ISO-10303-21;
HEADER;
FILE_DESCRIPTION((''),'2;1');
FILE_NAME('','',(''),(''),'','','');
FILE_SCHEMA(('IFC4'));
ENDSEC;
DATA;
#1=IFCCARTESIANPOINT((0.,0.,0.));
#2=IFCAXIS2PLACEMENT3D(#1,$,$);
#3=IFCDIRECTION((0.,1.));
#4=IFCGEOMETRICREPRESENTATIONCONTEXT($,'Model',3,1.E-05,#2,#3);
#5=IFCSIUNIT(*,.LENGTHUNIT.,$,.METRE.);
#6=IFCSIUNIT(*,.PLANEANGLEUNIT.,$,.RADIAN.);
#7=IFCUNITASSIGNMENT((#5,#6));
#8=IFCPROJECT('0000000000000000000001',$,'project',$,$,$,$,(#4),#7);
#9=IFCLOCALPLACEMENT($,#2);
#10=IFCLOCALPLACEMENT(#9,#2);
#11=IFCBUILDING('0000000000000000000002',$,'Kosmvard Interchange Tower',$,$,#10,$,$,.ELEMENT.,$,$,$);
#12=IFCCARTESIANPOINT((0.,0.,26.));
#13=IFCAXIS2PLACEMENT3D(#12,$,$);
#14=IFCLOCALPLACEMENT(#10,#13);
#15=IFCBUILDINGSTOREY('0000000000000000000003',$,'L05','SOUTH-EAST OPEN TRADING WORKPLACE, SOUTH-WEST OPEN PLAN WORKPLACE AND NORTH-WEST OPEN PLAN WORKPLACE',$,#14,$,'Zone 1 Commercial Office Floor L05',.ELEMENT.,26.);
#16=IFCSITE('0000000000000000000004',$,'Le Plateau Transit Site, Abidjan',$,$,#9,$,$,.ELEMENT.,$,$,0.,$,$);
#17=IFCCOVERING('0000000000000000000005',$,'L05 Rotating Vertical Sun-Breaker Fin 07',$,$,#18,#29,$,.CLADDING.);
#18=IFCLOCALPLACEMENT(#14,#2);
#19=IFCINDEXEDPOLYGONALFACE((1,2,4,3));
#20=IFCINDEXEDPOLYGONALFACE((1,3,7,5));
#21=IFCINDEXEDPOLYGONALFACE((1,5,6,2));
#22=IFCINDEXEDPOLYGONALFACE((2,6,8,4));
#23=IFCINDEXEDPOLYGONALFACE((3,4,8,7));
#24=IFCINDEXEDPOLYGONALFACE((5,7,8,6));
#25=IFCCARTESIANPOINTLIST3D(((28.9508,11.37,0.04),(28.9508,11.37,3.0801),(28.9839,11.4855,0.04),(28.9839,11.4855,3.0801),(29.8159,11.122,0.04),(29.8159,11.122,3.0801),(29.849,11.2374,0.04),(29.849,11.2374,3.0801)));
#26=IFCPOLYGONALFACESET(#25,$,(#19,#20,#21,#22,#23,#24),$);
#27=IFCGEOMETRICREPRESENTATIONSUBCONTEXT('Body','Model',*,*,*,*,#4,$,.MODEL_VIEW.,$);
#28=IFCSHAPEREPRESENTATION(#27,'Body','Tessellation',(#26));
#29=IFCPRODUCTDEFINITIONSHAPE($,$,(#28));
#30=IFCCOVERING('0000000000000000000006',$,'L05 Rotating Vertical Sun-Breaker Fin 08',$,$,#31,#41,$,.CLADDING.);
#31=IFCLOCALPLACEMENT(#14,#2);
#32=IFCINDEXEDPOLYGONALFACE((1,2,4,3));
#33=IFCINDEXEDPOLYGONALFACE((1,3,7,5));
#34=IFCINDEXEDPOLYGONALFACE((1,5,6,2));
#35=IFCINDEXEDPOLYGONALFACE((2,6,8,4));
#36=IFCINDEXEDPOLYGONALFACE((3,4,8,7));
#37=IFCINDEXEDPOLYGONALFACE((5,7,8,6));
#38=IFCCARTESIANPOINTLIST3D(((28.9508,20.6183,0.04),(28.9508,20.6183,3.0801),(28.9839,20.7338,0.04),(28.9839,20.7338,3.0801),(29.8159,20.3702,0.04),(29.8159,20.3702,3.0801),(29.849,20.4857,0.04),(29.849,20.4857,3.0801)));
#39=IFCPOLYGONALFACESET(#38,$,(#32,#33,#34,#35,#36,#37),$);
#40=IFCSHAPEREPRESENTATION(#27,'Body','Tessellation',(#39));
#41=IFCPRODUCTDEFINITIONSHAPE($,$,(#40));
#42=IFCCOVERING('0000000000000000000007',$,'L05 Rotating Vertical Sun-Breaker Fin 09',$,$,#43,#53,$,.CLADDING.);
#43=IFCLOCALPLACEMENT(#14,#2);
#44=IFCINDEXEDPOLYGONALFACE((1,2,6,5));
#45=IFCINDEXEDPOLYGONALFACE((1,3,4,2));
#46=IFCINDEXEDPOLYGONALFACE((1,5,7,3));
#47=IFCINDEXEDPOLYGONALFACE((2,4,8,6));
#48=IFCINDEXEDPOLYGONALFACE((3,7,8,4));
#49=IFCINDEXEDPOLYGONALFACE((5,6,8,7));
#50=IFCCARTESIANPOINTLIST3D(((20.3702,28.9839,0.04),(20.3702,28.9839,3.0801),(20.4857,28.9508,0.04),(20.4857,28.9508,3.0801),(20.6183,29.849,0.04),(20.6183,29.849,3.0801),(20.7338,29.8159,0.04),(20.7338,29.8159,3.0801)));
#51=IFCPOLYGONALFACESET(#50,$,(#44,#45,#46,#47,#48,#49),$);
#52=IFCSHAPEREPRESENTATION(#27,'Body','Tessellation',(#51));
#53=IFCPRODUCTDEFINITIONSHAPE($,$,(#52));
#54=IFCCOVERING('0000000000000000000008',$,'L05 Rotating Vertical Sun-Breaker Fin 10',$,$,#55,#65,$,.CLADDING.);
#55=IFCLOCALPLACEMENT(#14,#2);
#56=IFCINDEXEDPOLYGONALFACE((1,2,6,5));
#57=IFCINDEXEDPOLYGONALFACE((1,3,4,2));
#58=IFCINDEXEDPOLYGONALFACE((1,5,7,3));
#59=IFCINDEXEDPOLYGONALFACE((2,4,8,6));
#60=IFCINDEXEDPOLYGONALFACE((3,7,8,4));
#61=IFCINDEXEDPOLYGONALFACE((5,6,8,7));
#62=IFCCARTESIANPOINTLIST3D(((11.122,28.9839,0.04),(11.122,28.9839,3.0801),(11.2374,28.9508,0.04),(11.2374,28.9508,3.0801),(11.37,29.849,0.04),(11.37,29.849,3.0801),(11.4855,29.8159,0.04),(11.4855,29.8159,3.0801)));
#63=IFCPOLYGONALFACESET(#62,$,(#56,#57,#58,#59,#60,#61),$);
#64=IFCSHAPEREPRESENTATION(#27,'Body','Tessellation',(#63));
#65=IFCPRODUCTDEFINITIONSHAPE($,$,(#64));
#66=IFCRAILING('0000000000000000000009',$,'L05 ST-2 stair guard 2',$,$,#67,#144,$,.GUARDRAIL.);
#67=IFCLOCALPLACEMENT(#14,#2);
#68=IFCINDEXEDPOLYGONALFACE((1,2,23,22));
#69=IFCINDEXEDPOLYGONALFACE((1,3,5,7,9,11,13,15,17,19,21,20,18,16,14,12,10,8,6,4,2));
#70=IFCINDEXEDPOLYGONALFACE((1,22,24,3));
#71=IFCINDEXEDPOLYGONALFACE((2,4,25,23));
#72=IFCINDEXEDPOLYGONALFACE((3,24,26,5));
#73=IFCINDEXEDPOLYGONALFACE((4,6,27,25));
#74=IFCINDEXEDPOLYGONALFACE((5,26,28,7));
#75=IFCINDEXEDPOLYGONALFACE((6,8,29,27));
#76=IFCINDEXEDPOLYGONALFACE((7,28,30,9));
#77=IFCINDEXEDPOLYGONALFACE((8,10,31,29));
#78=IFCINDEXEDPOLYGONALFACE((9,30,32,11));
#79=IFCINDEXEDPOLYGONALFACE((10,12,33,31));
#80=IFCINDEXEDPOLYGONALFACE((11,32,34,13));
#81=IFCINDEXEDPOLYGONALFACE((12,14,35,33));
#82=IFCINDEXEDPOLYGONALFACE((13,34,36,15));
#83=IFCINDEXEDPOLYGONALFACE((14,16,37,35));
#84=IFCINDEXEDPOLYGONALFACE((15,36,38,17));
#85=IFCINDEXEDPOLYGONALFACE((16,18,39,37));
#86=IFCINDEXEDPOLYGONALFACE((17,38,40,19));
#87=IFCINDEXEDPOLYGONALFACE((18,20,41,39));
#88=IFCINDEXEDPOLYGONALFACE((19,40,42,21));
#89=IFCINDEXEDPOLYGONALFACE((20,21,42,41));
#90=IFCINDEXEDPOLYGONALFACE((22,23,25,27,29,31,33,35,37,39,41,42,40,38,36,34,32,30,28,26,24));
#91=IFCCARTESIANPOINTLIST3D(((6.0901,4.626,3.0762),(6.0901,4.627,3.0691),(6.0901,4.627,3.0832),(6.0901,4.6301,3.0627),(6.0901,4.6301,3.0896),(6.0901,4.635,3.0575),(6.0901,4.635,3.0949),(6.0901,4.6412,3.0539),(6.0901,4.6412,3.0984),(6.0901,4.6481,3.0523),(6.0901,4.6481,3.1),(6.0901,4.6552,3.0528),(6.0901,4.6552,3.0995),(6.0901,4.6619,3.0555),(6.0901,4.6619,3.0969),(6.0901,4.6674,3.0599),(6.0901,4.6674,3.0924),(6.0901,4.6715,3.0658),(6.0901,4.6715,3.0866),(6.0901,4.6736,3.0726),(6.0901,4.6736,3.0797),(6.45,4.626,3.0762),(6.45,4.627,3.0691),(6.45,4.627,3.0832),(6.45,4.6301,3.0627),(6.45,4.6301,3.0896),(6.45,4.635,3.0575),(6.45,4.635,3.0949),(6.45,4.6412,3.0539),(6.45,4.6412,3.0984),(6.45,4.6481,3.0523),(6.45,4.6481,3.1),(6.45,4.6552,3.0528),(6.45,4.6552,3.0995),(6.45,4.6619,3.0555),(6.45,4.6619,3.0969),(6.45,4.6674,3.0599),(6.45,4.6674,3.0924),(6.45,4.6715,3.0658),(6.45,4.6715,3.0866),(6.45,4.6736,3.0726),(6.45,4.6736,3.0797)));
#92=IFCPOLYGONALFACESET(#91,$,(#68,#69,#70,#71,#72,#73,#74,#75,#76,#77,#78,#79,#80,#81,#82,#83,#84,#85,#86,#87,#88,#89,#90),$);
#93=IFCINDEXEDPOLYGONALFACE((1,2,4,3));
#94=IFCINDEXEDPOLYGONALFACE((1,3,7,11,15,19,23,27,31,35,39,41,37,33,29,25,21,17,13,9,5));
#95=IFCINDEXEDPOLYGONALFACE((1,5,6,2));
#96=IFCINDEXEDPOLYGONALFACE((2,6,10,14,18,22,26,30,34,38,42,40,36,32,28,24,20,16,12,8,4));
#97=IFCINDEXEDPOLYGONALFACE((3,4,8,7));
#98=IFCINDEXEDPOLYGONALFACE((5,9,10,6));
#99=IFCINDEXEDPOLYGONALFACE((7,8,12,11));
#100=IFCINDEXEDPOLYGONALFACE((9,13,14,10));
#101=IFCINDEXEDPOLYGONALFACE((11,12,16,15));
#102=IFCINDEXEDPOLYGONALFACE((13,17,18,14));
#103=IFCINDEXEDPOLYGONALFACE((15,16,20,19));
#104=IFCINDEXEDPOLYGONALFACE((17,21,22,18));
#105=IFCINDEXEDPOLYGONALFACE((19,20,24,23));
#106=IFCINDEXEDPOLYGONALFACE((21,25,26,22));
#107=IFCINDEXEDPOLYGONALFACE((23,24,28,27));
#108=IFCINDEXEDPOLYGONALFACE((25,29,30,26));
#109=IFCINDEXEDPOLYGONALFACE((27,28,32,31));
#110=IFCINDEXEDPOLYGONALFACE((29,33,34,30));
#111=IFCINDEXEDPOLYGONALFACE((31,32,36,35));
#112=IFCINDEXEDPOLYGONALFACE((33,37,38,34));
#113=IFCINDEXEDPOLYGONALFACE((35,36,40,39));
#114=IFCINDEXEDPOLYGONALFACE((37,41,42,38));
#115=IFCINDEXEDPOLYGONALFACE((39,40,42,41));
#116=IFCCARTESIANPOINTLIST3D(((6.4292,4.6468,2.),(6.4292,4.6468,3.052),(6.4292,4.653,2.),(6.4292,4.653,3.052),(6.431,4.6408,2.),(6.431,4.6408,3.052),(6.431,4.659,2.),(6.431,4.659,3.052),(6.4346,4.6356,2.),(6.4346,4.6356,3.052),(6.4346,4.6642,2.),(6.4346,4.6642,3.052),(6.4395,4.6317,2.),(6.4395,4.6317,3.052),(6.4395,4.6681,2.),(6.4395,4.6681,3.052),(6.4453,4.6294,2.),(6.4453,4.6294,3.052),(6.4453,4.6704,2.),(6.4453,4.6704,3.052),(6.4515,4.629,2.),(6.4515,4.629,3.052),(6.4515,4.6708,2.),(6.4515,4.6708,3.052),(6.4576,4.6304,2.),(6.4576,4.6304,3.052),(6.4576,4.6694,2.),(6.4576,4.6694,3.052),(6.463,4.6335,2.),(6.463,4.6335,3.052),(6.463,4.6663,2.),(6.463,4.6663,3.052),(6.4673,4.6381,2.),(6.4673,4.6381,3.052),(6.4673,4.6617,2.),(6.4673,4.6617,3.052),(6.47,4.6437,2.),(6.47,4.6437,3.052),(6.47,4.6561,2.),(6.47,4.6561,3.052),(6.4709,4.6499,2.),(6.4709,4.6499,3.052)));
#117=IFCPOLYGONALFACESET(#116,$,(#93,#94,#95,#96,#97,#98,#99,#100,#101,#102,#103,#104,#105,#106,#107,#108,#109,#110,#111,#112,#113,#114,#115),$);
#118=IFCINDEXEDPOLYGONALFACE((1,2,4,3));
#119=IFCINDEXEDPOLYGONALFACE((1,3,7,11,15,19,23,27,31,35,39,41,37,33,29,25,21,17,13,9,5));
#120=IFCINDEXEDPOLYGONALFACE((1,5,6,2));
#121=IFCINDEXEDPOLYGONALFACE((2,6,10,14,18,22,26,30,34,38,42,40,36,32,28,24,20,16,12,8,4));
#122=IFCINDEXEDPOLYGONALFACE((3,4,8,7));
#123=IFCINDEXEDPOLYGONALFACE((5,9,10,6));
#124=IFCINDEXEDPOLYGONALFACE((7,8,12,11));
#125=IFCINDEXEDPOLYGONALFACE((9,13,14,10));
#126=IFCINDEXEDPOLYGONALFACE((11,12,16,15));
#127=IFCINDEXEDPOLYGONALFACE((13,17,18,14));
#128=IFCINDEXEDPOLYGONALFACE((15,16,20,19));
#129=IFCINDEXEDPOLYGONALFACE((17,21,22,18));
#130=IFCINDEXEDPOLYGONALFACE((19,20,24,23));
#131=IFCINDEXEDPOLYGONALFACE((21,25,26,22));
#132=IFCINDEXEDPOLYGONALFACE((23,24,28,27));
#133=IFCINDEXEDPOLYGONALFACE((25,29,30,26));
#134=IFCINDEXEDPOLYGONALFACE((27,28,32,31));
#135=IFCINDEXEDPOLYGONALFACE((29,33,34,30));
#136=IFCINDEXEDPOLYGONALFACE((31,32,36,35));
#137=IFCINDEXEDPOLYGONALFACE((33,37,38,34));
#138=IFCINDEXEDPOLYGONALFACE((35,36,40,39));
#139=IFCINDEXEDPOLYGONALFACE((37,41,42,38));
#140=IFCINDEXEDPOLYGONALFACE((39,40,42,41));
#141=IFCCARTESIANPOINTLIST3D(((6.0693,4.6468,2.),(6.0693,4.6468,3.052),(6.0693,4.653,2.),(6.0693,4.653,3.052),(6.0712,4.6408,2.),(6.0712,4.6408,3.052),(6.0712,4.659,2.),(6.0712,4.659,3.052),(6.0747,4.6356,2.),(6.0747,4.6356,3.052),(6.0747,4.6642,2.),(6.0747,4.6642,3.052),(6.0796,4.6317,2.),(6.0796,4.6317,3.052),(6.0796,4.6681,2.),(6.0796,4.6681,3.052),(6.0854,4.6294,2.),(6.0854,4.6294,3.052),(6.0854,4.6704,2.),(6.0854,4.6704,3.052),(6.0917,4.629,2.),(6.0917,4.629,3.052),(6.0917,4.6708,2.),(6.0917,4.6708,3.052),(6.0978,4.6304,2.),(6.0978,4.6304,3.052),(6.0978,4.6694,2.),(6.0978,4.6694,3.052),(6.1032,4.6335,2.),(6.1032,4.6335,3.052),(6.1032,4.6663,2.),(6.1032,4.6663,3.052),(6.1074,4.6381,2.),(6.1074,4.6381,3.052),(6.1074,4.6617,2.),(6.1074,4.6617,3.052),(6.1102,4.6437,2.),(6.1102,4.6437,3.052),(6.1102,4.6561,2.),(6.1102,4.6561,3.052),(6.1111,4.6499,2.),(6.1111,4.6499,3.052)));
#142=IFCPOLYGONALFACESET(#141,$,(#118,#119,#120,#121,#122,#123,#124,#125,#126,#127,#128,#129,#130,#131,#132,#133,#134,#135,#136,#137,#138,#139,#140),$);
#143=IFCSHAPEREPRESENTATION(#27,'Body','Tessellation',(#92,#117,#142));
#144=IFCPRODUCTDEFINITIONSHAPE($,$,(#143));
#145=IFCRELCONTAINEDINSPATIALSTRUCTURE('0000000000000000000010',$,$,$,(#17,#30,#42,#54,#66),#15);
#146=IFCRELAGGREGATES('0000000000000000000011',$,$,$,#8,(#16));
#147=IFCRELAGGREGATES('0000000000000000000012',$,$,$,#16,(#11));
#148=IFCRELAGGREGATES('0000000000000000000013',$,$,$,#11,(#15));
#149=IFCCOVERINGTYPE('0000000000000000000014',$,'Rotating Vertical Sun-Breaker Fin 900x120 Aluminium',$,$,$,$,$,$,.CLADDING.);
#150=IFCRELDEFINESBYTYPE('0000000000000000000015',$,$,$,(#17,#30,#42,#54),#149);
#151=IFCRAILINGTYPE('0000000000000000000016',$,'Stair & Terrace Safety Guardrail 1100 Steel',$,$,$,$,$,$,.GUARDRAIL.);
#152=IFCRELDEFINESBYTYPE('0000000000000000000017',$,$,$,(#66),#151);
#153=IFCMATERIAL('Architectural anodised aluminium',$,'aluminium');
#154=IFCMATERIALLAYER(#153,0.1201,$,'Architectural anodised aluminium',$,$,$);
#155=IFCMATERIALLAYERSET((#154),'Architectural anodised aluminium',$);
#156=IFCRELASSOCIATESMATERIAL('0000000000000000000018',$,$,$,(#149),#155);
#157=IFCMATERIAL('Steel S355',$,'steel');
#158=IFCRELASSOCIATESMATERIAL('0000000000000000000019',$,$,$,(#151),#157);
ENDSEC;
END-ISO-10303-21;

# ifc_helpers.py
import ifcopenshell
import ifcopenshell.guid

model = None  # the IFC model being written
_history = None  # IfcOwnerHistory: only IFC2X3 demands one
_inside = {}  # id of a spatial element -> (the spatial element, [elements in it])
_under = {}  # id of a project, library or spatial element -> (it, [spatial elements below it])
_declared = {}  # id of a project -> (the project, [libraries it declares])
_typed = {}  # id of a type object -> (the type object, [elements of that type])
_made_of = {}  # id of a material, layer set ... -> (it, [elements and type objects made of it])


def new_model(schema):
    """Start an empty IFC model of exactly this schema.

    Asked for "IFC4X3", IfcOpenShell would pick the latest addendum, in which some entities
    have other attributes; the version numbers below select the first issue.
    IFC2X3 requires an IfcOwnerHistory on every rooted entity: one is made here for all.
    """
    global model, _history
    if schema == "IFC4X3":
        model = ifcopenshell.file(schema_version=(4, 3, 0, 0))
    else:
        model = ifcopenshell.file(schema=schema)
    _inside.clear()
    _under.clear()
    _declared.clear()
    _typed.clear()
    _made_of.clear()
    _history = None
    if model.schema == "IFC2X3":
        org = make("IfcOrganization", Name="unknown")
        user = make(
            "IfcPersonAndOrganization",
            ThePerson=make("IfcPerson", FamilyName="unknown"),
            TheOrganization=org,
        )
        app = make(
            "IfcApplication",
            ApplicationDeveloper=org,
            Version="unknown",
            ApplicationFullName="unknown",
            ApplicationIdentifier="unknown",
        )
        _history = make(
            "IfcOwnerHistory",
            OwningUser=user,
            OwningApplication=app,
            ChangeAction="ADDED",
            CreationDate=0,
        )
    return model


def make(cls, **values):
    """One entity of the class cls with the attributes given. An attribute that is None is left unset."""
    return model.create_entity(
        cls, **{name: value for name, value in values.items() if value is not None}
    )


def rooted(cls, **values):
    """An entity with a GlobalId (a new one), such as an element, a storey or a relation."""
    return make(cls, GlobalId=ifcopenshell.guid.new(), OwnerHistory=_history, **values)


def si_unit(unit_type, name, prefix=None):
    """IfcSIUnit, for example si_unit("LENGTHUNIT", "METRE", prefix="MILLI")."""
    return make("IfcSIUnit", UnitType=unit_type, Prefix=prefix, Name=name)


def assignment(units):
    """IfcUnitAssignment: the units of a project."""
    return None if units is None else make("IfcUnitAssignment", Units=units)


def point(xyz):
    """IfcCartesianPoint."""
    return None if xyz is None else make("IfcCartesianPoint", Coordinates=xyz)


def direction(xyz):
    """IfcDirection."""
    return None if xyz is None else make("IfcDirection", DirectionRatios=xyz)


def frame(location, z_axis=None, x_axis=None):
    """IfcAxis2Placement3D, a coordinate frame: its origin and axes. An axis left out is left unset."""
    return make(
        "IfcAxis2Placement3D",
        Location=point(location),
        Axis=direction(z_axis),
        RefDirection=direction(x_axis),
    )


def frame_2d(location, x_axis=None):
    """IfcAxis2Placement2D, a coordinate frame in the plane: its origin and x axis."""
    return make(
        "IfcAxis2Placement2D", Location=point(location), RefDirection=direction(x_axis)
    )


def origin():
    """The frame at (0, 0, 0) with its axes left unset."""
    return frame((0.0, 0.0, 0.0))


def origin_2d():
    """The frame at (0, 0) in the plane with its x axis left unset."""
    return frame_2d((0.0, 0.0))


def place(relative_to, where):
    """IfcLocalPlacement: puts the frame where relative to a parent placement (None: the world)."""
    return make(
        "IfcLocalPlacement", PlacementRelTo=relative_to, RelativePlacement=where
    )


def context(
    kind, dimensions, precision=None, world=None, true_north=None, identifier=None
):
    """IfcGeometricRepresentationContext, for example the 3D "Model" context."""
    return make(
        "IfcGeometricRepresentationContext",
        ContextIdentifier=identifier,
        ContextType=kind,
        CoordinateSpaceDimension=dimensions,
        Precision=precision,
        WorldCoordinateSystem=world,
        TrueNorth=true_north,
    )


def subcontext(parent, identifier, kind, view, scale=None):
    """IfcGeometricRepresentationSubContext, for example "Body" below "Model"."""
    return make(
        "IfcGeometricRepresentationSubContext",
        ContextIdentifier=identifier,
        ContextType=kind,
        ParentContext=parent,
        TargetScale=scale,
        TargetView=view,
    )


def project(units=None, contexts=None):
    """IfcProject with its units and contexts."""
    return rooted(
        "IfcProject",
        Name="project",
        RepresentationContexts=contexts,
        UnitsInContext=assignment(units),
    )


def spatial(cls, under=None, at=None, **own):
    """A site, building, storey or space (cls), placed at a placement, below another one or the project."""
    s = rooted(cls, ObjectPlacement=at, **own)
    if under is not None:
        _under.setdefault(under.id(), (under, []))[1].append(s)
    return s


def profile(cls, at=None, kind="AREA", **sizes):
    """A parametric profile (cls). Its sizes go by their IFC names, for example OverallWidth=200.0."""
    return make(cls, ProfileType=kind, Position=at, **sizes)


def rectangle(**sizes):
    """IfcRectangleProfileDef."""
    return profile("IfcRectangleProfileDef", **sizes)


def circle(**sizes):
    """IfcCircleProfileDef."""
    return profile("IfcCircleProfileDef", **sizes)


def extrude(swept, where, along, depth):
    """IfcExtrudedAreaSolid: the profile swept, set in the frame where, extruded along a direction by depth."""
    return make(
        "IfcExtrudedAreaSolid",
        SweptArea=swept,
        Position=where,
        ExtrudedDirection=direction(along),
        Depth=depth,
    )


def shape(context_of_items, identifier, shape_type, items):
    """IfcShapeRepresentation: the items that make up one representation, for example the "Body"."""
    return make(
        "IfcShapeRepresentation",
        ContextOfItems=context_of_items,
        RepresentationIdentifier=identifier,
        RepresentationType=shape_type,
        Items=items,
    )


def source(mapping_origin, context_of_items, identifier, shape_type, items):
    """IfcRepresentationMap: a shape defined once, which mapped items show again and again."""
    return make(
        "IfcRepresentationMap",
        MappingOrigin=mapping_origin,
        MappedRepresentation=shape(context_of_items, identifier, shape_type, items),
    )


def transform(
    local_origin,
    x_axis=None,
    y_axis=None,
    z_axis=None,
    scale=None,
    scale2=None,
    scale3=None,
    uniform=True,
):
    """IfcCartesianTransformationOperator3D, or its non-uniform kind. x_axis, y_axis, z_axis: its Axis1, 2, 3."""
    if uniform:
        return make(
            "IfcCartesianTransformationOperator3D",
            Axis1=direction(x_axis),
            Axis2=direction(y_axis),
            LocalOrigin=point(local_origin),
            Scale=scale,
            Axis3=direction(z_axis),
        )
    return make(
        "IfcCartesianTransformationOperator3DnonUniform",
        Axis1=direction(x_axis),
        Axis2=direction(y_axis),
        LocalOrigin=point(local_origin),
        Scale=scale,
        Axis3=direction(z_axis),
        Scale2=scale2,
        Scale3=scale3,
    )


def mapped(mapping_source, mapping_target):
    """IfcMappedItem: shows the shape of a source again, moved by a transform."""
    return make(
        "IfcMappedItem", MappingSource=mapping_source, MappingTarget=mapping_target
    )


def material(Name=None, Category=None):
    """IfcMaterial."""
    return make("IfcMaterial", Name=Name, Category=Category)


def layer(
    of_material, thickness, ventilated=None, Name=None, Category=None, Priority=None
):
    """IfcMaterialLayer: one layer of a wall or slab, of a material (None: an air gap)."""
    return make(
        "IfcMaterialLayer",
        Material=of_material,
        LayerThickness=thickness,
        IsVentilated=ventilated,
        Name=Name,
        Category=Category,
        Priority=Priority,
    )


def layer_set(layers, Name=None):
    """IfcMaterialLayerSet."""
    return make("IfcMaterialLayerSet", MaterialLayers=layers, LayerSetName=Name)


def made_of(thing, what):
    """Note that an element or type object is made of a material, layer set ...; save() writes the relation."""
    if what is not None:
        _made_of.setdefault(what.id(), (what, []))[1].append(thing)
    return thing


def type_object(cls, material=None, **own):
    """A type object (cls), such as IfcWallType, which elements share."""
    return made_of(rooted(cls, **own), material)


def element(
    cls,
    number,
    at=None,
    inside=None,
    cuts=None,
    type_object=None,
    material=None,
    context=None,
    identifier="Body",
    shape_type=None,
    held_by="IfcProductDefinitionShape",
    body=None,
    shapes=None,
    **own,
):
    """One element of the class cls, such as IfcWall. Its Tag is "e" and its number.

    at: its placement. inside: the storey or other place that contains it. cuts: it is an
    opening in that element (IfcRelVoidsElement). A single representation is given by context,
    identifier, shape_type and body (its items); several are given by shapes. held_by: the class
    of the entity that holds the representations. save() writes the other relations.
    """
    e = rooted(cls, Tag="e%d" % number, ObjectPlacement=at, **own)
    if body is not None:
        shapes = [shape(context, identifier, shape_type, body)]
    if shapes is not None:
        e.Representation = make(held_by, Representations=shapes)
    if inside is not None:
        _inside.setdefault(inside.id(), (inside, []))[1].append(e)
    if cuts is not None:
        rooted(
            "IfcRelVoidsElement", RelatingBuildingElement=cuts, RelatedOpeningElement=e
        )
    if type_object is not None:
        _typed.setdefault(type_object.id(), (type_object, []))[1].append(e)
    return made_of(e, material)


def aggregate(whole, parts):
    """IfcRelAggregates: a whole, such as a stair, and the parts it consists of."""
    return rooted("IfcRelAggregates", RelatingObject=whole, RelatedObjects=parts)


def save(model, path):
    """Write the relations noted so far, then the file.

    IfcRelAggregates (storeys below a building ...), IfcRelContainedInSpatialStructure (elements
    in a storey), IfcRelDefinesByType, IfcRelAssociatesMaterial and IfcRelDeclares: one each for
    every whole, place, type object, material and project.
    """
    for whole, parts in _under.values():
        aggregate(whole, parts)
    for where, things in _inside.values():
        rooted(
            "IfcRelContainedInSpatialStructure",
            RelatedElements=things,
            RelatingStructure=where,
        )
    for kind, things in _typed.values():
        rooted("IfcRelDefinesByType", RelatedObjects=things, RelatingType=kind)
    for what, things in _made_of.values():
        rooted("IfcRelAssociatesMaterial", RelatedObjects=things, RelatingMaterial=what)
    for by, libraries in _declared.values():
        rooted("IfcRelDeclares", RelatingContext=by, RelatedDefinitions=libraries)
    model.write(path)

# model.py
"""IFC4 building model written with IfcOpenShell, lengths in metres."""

from ifc_helpers import new_model, si_unit, direction, frame, origin, origin_2d, place, context, subcontext, project, spatial, rectangle, circle, extrude, source, transform, mapped, material, layer, layer_set, type_object, element, save


model = new_model("IFC4")

# Units and contexts
model_context = context("Model", 3, precision=1e-05, world=origin(), true_north=direction((0.0, 1.0)))
body_context = subcontext(model_context, "Body", "Model", "MODEL_VIEW")
ifc_project = project(units=[si_unit("LENGTHUNIT", "METRE"), si_unit("PLANEANGLEUNIT", "RADIAN")], contexts=[model_context])

# Site, building, storey
site_placement = place(None, origin())
site = spatial("IfcSite", under=ifc_project, at=site_placement, Name="Le Plateau Transit Site, Abidjan", CompositionType="ELEMENT", RefElevation=0.0)
building_placement = place(site_placement, origin())
building = spatial("IfcBuilding", under=site, at=building_placement, Name="Kosmvard Interchange Tower", CompositionType="ELEMENT")
storey_placement = place(building_placement, frame((0.0, 0.0, 26.0)))
storey = spatial("IfcBuildingStorey", under=building, at=storey_placement, Name="L05", Description="SOUTH-EAST OPEN TRADING WORKPLACE, SOUTH-WEST OPEN PLAN WORKPLACE AND NORTH-WEST OPEN PLAN WORKPLACE", LongName="Zone 1 Commercial Office Floor L05", CompositionType="ELEMENT", Elevation=26.0)

# Coverings
ifc_material_1 = material(Name="Architectural anodised aluminium", Category="aluminium")
ifc_layer_1 = layer(ifc_material_1, 0.1201, Name="Architectural anodised aluminium")
ifc_layer_set_1 = layer_set([ifc_layer_1], Name="Architectural anodised aluminium")
covering_type = type_object("IfcCoveringType", Name="Rotating Vertical Sun-Breaker Fin 900x120 Aluminium", PredefinedType="CLADDING", material=ifc_layer_set_1)
shared_shape_1 = source(origin(), body_context, "Body", "SweptSolid", [
    extrude(rectangle(XDim=0.8999, YDim=0.1201, at=origin_2d()), origin(), (0.0, 0.0, 1.0), 3.04),
])
for number, where, z_axis, x_axis, name in (
    (1, (29.3999, 11.3037, 0.04), (0.0, 0.0, 1.0), (0.961262, -0.275637, 0.0), "L05 Rotating Vertical Sun-Breaker Fin 07"),
    (2, (29.3999, 20.552, 0.04), (0.0, 0.0, 1.0), (0.961262, -0.275637, 0.0), "L05 Rotating Vertical Sun-Breaker Fin 08"),
    (3, (20.552, 29.3999, 0.04), (0.0, 0.0, 1.0), (0.275637, 0.961262, 0.0), "L05 Rotating Vertical Sun-Breaker Fin 09"),
    (4, (11.3037, 29.3999, 0.04), (0.0, 0.0, 1.0), (0.275637, 0.961262, 0.0), "L05 Rotating Vertical Sun-Breaker Fin 10"),
):
    element("IfcCovering", number, at=place(storey_placement, frame(where, z_axis=z_axis, x_axis=x_axis)), inside=storey, type_object=covering_type, Name=name, PredefinedType="CLADDING", context=body_context, shape_type="MappedRepresentation", body=[
        mapped(shared_shape_1, transform((0.0, 0.0, 0.0), scale=1.0)),
    ])

# Railing
ifc_material_2 = material(Name="Steel S355", Category="steel")
railing_type_1 = type_object("IfcRailingType", Name="Stair & Terrace Safety Guardrail 1100 Steel", PredefinedType="GUARDRAIL", material=ifc_material_2)
shared_shape_2 = source(origin(), body_context, "Body", "SweptSolid", [
    extrude(circle(Radius=0.0239, at=origin_2d()), frame((0.0, 0.0, 1.0762), z_axis=(-1.0, 0.0, 0.0), x_axis=(0.0, -1.0, 0.0)), (0.0, 0.0, 1.0), 0.3599),
    extrude(circle(Radius=0.021, at=origin_2d()), origin(), (0.0, 0.0, 1.0), 1.052),
    extrude(circle(Radius=0.021, at=origin_2d()), frame((-0.3599, 0.0, 0.0)), (0.0, 0.0, 1.0), 1.052),
])
railing_1_placement = place(storey_placement, frame((6.45, 4.6499, 2.0)))
element("IfcRailing", 5, at=railing_1_placement, inside=storey, type_object=railing_type_1, Name="L05 ST-2 stair guard 2", PredefinedType="GUARDRAIL", context=body_context, shape_type="MappedRepresentation", body=[
    mapped(shared_shape_2, transform((0.0, 0.0, 0.0), scale=1.0)),
])

save(model, "model.ifc")
